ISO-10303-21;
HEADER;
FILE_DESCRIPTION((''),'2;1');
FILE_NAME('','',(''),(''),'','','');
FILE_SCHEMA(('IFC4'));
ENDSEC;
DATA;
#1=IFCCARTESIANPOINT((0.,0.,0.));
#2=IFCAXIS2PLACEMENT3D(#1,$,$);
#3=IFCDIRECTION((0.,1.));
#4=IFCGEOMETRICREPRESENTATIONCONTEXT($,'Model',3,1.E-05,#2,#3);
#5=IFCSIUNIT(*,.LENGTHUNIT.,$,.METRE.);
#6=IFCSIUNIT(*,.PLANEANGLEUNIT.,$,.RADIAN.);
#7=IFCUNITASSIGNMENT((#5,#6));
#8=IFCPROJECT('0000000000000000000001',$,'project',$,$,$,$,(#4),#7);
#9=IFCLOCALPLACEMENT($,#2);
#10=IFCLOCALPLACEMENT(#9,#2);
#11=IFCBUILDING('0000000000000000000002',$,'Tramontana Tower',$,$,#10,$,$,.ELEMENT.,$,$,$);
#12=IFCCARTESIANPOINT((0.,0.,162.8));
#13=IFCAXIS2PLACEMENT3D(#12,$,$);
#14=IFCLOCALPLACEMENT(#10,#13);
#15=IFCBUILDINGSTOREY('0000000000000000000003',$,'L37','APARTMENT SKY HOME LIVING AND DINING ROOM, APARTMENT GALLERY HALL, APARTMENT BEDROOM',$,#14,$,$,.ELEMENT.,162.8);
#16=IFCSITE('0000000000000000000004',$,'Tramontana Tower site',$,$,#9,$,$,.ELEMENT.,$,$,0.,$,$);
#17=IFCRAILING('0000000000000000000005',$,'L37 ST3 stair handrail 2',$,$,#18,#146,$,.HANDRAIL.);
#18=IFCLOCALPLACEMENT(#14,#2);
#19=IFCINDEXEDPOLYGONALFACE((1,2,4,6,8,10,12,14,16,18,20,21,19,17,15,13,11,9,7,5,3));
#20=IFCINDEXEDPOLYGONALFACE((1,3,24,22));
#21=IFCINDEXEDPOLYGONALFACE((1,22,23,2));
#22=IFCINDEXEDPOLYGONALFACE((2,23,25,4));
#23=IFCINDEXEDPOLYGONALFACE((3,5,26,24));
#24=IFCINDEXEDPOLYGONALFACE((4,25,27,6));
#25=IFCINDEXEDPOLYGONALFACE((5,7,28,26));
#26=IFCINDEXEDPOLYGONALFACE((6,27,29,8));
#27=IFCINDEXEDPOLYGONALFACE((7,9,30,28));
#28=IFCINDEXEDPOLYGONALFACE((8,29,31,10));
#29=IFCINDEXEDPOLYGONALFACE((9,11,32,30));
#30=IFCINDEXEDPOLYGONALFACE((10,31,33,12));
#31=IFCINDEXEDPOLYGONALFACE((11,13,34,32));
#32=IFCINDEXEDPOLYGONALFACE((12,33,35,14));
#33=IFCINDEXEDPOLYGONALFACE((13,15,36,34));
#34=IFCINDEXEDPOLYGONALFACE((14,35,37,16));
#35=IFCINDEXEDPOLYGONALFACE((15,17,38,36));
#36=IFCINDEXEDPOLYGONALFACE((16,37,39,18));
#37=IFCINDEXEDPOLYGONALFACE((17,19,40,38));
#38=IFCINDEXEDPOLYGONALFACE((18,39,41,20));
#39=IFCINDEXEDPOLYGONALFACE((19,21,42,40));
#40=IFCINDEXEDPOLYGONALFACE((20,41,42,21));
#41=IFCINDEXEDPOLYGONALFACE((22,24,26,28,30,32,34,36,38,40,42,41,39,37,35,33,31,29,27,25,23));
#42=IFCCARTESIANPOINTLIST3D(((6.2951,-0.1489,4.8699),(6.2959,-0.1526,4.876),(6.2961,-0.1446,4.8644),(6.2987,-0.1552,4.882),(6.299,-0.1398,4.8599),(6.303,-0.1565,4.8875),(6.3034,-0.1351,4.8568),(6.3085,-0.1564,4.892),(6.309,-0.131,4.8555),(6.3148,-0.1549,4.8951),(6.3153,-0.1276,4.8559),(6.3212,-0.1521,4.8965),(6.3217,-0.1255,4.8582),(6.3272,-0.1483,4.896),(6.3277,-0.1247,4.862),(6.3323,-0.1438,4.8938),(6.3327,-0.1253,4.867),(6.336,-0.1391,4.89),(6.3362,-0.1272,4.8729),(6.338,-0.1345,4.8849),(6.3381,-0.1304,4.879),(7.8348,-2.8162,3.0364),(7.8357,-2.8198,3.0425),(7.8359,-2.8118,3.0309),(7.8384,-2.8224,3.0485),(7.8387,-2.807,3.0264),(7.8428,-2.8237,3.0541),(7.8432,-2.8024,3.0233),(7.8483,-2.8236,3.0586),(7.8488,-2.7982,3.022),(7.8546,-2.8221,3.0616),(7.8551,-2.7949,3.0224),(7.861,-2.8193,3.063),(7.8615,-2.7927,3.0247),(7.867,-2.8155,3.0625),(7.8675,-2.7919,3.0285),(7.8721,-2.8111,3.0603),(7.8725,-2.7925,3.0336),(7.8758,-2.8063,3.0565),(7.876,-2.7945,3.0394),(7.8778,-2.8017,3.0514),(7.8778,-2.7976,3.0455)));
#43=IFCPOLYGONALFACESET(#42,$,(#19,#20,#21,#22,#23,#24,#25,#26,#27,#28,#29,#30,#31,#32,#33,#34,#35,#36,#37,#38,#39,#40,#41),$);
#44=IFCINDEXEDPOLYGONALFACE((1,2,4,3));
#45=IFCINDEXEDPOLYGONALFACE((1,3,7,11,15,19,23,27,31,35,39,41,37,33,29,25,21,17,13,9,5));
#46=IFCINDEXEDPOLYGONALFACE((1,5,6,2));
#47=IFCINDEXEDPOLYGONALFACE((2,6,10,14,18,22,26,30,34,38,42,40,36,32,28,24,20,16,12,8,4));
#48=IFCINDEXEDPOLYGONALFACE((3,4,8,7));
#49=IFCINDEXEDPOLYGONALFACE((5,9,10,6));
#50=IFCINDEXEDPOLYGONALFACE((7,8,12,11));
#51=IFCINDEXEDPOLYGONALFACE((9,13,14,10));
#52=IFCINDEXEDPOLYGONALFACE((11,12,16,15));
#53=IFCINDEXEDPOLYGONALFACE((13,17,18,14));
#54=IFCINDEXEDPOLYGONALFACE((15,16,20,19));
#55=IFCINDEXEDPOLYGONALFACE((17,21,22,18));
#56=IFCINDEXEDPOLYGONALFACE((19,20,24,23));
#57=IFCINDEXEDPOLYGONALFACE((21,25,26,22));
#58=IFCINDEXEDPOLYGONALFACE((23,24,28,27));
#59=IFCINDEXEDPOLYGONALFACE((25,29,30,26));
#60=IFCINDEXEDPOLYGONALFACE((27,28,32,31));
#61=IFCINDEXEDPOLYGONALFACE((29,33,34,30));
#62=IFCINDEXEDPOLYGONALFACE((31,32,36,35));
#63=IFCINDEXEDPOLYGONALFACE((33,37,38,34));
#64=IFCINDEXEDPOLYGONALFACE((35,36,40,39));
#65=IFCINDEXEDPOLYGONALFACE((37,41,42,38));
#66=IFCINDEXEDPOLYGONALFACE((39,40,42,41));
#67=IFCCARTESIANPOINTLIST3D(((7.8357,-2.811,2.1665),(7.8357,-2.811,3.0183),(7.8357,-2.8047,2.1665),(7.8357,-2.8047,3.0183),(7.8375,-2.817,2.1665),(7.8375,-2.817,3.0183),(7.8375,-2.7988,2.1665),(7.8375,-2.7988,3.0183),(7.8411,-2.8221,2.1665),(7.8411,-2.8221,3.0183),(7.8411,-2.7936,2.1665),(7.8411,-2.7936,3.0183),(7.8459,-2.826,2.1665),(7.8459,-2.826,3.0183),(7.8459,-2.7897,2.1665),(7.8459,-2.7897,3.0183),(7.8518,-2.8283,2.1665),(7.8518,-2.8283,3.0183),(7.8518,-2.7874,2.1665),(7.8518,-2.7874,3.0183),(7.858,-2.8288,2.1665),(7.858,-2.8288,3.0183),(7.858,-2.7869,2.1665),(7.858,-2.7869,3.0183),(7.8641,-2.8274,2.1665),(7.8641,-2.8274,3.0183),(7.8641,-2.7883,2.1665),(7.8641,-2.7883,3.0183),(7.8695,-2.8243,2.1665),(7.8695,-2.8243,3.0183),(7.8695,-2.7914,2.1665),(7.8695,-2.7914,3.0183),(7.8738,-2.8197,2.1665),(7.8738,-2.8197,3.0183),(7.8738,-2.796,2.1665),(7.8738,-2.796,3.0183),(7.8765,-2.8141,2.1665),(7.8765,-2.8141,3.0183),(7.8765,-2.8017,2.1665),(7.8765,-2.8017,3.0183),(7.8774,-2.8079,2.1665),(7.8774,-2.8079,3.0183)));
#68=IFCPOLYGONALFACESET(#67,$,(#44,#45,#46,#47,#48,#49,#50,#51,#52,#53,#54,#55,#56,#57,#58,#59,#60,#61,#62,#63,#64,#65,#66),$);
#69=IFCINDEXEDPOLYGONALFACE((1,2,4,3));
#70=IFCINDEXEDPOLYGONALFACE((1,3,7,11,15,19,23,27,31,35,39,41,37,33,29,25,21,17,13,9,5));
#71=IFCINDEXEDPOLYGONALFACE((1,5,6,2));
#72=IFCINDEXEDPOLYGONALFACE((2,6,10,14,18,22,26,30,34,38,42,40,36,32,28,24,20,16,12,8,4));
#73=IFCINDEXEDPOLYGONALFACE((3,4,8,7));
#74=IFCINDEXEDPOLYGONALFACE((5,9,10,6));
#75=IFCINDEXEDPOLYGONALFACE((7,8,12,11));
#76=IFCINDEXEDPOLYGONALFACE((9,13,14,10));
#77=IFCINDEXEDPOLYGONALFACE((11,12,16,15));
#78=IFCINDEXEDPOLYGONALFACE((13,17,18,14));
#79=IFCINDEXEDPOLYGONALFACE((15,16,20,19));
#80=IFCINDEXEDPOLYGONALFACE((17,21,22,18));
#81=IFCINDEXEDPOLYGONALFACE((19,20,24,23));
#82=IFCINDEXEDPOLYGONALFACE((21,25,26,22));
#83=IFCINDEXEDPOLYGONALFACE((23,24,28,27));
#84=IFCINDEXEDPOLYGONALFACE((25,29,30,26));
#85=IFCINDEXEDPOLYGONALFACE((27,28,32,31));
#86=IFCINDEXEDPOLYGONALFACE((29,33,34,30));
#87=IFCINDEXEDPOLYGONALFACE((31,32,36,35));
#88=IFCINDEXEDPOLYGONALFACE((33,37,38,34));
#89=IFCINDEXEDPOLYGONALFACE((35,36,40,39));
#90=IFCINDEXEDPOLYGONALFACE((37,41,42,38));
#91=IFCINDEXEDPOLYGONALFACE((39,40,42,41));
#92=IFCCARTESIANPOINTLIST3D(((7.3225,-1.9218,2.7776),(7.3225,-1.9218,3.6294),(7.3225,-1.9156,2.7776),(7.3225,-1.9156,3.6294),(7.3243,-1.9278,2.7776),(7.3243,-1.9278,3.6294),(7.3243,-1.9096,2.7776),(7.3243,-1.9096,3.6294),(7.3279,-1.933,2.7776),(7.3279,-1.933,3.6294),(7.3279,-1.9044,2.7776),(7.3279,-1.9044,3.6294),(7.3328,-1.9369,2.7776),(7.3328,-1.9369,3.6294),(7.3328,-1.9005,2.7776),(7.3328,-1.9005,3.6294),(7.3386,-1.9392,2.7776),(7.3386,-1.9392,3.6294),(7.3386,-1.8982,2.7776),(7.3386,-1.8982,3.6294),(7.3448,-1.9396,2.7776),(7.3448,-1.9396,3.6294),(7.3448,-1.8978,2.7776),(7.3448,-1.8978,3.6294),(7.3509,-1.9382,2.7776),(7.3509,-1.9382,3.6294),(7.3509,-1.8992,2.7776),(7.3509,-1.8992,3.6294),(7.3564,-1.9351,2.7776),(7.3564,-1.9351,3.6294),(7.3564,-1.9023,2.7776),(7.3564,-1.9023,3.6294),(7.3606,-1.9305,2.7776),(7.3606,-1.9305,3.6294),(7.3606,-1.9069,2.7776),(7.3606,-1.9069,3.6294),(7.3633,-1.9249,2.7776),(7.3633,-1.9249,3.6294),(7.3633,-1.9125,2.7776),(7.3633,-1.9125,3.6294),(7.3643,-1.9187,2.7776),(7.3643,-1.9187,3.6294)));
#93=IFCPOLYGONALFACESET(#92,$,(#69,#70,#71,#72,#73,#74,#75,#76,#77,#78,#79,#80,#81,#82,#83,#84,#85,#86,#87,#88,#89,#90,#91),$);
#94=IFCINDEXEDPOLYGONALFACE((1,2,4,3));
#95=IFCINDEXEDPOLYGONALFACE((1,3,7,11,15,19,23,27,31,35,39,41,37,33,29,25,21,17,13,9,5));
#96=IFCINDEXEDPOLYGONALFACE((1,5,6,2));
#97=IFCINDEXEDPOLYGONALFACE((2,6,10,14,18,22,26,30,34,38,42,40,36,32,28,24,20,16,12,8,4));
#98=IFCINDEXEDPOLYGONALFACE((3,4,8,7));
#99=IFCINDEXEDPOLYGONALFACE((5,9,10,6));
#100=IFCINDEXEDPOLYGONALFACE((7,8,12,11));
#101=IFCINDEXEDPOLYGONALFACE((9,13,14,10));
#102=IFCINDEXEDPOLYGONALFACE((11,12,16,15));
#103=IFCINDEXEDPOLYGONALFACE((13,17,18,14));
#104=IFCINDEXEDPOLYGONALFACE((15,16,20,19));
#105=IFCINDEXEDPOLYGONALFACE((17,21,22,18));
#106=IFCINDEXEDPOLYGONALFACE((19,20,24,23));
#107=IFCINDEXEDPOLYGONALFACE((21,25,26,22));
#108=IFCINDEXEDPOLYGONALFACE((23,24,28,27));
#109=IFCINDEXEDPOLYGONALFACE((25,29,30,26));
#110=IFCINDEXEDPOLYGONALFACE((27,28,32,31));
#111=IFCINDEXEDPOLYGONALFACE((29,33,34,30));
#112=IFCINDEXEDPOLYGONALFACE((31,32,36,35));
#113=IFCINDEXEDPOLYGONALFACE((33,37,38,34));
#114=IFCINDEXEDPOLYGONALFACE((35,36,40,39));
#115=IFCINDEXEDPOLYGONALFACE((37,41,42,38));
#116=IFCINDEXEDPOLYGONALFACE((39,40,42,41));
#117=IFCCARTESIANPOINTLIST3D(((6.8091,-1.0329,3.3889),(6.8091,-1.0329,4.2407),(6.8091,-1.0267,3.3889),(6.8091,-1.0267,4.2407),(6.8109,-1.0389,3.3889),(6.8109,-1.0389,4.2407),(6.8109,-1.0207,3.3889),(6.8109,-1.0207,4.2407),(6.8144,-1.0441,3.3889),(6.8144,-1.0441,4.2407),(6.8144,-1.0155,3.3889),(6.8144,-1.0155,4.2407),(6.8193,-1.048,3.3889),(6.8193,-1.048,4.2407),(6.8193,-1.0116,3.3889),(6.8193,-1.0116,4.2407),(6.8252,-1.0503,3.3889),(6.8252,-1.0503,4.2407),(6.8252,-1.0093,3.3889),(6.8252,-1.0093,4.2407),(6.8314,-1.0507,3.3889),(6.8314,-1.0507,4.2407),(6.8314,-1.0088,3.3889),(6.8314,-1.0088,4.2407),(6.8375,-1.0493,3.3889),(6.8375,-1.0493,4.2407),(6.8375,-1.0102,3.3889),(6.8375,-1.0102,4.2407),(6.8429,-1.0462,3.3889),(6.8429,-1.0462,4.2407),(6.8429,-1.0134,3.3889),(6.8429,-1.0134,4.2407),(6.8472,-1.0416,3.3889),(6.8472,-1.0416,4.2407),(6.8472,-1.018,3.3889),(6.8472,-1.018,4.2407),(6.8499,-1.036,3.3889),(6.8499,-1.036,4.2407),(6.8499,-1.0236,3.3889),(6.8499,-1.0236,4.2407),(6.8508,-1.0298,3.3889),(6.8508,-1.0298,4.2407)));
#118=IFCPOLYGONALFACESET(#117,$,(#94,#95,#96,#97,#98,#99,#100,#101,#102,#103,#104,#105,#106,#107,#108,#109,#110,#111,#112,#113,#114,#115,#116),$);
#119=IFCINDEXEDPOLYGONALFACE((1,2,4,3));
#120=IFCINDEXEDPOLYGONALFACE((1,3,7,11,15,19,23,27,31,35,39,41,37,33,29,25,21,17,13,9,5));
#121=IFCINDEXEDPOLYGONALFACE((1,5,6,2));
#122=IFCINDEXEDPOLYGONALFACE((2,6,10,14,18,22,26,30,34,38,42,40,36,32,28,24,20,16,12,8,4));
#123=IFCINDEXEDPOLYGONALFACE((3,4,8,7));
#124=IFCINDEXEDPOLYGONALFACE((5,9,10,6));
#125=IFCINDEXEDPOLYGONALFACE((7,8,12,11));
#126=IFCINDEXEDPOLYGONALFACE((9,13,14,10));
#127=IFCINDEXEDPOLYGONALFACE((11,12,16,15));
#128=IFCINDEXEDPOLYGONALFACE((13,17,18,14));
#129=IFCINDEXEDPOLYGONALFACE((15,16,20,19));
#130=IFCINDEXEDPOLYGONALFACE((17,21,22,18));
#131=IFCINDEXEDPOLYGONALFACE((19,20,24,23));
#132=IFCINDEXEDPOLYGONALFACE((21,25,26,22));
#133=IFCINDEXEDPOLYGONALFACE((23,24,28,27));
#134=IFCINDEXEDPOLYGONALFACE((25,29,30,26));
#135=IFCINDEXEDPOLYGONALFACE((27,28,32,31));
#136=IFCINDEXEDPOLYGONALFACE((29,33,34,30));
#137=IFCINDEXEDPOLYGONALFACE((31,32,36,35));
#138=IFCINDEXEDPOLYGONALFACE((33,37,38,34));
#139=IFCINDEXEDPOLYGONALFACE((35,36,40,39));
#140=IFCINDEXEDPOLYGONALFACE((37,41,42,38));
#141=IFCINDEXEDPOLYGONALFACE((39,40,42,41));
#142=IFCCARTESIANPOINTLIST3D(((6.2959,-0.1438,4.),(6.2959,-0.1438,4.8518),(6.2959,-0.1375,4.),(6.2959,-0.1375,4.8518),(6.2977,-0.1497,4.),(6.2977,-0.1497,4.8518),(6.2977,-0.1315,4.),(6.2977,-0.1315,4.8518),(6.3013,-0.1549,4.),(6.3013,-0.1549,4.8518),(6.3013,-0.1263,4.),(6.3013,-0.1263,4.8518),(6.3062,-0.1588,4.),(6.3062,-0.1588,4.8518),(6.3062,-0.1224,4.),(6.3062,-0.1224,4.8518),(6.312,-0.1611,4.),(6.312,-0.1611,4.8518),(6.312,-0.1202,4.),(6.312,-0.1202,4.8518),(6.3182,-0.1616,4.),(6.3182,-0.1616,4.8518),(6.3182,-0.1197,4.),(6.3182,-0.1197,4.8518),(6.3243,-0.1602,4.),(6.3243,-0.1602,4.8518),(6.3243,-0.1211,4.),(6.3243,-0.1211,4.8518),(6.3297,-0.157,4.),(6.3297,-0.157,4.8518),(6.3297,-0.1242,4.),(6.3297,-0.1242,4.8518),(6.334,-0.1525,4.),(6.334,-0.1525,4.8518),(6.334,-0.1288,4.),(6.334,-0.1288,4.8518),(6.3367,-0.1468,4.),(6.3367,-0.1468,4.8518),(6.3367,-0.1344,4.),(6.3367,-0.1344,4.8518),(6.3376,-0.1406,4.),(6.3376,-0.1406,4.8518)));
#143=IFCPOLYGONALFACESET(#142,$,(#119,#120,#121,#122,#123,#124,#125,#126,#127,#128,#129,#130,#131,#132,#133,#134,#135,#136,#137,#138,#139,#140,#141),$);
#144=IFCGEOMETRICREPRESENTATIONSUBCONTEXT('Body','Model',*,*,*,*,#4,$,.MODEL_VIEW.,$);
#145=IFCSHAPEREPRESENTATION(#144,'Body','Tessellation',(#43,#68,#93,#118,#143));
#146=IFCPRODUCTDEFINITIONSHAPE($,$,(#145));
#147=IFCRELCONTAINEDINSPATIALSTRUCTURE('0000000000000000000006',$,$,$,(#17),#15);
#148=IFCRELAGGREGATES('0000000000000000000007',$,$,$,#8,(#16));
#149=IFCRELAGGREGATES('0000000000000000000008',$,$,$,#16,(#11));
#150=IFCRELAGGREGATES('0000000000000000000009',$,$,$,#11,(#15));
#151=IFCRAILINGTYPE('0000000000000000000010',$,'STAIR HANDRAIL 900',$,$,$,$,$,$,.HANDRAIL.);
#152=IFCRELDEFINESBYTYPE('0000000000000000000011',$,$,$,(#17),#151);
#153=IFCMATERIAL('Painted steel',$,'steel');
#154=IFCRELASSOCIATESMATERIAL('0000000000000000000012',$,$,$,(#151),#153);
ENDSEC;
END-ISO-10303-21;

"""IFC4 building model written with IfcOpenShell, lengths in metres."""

from ifc_helpers import new_model, si_unit, direction, frame, origin, origin_2d, place, context, subcontext, project, spatial, circle, extrude, material, type_object, element, save


model = new_model("IFC4")

# Units and contexts
model_context = context("Model", 3, precision=1e-05, world=origin(), true_north=direction((0.0, 1.0)))
body_context = subcontext(model_context, "Body", "Model", "MODEL_VIEW")
ifc_project = project(units=[si_unit("LENGTHUNIT", "METRE"), si_unit("PLANEANGLEUNIT", "RADIAN")], contexts=[model_context])

# Site, building, storey
site_placement = place(None, origin())
site = spatial("IfcSite", under=ifc_project, at=site_placement, Name="Tramontana Tower site", CompositionType="ELEMENT", RefElevation=0.0)
building_placement = place(site_placement, origin())
building = spatial("IfcBuilding", under=site, at=building_placement, Name="Tramontana Tower", CompositionType="ELEMENT")
storey_placement = place(building_placement, frame((0.0, 0.0, 162.8)))
storey = spatial("IfcBuildingStorey", under=building, at=storey_placement, Name="L37", Description="APARTMENT SKY HOME LIVING AND DINING ROOM, APARTMENT GALLERY HALL, APARTMENT BEDROOM", CompositionType="ELEMENT", Elevation=162.8)

# Railing
ifc_material_1 = material(Name="Painted steel", Category="steel")
railing_type_1 = type_object("IfcRailingType", Name="STAIR HANDRAIL 900", PredefinedType="HANDRAIL", material=ifc_material_1)
railing_1_placement = place(storey_placement, frame((7.8564, -2.8079, 2.1665)))
element("IfcRailing", 1, at=railing_1_placement, inside=storey, type_object=railing_type_1, Name="L37 ST3 stair handrail 2", PredefinedType="HANDRAIL", context=body_context, shape_type="SweptSolid", body=[
    extrude(circle(Radius=0.0239, at=origin_2d()), frame((0.0, 0.0, 0.876), z_axis=(-0.429601, 0.744155, 0.511543), x_axis=(-0.866044, -0.499967, 0.0)), (0.0, 0.0, 1.0), 3.5842),
    extrude(circle(Radius=0.021, at=origin_2d()), origin(), (0.0, 0.0, 1.0), 0.8518),
    extrude(circle(Radius=0.021, at=origin_2d()), frame((-0.5132, 0.8892, 0.6111)), (0.0, 0.0, 1.0), 0.8518),
    extrude(circle(Radius=0.021, at=origin_2d()), frame((-1.0266, 1.7781, 1.2224)), (0.0, 0.0, 1.0), 0.8518),
    extrude(circle(Radius=0.021, at=origin_2d()), frame((-1.5398, 2.6672, 1.8335)), (0.0, 0.0, 1.0), 0.8518),
])

save(model, "model.ifc")
